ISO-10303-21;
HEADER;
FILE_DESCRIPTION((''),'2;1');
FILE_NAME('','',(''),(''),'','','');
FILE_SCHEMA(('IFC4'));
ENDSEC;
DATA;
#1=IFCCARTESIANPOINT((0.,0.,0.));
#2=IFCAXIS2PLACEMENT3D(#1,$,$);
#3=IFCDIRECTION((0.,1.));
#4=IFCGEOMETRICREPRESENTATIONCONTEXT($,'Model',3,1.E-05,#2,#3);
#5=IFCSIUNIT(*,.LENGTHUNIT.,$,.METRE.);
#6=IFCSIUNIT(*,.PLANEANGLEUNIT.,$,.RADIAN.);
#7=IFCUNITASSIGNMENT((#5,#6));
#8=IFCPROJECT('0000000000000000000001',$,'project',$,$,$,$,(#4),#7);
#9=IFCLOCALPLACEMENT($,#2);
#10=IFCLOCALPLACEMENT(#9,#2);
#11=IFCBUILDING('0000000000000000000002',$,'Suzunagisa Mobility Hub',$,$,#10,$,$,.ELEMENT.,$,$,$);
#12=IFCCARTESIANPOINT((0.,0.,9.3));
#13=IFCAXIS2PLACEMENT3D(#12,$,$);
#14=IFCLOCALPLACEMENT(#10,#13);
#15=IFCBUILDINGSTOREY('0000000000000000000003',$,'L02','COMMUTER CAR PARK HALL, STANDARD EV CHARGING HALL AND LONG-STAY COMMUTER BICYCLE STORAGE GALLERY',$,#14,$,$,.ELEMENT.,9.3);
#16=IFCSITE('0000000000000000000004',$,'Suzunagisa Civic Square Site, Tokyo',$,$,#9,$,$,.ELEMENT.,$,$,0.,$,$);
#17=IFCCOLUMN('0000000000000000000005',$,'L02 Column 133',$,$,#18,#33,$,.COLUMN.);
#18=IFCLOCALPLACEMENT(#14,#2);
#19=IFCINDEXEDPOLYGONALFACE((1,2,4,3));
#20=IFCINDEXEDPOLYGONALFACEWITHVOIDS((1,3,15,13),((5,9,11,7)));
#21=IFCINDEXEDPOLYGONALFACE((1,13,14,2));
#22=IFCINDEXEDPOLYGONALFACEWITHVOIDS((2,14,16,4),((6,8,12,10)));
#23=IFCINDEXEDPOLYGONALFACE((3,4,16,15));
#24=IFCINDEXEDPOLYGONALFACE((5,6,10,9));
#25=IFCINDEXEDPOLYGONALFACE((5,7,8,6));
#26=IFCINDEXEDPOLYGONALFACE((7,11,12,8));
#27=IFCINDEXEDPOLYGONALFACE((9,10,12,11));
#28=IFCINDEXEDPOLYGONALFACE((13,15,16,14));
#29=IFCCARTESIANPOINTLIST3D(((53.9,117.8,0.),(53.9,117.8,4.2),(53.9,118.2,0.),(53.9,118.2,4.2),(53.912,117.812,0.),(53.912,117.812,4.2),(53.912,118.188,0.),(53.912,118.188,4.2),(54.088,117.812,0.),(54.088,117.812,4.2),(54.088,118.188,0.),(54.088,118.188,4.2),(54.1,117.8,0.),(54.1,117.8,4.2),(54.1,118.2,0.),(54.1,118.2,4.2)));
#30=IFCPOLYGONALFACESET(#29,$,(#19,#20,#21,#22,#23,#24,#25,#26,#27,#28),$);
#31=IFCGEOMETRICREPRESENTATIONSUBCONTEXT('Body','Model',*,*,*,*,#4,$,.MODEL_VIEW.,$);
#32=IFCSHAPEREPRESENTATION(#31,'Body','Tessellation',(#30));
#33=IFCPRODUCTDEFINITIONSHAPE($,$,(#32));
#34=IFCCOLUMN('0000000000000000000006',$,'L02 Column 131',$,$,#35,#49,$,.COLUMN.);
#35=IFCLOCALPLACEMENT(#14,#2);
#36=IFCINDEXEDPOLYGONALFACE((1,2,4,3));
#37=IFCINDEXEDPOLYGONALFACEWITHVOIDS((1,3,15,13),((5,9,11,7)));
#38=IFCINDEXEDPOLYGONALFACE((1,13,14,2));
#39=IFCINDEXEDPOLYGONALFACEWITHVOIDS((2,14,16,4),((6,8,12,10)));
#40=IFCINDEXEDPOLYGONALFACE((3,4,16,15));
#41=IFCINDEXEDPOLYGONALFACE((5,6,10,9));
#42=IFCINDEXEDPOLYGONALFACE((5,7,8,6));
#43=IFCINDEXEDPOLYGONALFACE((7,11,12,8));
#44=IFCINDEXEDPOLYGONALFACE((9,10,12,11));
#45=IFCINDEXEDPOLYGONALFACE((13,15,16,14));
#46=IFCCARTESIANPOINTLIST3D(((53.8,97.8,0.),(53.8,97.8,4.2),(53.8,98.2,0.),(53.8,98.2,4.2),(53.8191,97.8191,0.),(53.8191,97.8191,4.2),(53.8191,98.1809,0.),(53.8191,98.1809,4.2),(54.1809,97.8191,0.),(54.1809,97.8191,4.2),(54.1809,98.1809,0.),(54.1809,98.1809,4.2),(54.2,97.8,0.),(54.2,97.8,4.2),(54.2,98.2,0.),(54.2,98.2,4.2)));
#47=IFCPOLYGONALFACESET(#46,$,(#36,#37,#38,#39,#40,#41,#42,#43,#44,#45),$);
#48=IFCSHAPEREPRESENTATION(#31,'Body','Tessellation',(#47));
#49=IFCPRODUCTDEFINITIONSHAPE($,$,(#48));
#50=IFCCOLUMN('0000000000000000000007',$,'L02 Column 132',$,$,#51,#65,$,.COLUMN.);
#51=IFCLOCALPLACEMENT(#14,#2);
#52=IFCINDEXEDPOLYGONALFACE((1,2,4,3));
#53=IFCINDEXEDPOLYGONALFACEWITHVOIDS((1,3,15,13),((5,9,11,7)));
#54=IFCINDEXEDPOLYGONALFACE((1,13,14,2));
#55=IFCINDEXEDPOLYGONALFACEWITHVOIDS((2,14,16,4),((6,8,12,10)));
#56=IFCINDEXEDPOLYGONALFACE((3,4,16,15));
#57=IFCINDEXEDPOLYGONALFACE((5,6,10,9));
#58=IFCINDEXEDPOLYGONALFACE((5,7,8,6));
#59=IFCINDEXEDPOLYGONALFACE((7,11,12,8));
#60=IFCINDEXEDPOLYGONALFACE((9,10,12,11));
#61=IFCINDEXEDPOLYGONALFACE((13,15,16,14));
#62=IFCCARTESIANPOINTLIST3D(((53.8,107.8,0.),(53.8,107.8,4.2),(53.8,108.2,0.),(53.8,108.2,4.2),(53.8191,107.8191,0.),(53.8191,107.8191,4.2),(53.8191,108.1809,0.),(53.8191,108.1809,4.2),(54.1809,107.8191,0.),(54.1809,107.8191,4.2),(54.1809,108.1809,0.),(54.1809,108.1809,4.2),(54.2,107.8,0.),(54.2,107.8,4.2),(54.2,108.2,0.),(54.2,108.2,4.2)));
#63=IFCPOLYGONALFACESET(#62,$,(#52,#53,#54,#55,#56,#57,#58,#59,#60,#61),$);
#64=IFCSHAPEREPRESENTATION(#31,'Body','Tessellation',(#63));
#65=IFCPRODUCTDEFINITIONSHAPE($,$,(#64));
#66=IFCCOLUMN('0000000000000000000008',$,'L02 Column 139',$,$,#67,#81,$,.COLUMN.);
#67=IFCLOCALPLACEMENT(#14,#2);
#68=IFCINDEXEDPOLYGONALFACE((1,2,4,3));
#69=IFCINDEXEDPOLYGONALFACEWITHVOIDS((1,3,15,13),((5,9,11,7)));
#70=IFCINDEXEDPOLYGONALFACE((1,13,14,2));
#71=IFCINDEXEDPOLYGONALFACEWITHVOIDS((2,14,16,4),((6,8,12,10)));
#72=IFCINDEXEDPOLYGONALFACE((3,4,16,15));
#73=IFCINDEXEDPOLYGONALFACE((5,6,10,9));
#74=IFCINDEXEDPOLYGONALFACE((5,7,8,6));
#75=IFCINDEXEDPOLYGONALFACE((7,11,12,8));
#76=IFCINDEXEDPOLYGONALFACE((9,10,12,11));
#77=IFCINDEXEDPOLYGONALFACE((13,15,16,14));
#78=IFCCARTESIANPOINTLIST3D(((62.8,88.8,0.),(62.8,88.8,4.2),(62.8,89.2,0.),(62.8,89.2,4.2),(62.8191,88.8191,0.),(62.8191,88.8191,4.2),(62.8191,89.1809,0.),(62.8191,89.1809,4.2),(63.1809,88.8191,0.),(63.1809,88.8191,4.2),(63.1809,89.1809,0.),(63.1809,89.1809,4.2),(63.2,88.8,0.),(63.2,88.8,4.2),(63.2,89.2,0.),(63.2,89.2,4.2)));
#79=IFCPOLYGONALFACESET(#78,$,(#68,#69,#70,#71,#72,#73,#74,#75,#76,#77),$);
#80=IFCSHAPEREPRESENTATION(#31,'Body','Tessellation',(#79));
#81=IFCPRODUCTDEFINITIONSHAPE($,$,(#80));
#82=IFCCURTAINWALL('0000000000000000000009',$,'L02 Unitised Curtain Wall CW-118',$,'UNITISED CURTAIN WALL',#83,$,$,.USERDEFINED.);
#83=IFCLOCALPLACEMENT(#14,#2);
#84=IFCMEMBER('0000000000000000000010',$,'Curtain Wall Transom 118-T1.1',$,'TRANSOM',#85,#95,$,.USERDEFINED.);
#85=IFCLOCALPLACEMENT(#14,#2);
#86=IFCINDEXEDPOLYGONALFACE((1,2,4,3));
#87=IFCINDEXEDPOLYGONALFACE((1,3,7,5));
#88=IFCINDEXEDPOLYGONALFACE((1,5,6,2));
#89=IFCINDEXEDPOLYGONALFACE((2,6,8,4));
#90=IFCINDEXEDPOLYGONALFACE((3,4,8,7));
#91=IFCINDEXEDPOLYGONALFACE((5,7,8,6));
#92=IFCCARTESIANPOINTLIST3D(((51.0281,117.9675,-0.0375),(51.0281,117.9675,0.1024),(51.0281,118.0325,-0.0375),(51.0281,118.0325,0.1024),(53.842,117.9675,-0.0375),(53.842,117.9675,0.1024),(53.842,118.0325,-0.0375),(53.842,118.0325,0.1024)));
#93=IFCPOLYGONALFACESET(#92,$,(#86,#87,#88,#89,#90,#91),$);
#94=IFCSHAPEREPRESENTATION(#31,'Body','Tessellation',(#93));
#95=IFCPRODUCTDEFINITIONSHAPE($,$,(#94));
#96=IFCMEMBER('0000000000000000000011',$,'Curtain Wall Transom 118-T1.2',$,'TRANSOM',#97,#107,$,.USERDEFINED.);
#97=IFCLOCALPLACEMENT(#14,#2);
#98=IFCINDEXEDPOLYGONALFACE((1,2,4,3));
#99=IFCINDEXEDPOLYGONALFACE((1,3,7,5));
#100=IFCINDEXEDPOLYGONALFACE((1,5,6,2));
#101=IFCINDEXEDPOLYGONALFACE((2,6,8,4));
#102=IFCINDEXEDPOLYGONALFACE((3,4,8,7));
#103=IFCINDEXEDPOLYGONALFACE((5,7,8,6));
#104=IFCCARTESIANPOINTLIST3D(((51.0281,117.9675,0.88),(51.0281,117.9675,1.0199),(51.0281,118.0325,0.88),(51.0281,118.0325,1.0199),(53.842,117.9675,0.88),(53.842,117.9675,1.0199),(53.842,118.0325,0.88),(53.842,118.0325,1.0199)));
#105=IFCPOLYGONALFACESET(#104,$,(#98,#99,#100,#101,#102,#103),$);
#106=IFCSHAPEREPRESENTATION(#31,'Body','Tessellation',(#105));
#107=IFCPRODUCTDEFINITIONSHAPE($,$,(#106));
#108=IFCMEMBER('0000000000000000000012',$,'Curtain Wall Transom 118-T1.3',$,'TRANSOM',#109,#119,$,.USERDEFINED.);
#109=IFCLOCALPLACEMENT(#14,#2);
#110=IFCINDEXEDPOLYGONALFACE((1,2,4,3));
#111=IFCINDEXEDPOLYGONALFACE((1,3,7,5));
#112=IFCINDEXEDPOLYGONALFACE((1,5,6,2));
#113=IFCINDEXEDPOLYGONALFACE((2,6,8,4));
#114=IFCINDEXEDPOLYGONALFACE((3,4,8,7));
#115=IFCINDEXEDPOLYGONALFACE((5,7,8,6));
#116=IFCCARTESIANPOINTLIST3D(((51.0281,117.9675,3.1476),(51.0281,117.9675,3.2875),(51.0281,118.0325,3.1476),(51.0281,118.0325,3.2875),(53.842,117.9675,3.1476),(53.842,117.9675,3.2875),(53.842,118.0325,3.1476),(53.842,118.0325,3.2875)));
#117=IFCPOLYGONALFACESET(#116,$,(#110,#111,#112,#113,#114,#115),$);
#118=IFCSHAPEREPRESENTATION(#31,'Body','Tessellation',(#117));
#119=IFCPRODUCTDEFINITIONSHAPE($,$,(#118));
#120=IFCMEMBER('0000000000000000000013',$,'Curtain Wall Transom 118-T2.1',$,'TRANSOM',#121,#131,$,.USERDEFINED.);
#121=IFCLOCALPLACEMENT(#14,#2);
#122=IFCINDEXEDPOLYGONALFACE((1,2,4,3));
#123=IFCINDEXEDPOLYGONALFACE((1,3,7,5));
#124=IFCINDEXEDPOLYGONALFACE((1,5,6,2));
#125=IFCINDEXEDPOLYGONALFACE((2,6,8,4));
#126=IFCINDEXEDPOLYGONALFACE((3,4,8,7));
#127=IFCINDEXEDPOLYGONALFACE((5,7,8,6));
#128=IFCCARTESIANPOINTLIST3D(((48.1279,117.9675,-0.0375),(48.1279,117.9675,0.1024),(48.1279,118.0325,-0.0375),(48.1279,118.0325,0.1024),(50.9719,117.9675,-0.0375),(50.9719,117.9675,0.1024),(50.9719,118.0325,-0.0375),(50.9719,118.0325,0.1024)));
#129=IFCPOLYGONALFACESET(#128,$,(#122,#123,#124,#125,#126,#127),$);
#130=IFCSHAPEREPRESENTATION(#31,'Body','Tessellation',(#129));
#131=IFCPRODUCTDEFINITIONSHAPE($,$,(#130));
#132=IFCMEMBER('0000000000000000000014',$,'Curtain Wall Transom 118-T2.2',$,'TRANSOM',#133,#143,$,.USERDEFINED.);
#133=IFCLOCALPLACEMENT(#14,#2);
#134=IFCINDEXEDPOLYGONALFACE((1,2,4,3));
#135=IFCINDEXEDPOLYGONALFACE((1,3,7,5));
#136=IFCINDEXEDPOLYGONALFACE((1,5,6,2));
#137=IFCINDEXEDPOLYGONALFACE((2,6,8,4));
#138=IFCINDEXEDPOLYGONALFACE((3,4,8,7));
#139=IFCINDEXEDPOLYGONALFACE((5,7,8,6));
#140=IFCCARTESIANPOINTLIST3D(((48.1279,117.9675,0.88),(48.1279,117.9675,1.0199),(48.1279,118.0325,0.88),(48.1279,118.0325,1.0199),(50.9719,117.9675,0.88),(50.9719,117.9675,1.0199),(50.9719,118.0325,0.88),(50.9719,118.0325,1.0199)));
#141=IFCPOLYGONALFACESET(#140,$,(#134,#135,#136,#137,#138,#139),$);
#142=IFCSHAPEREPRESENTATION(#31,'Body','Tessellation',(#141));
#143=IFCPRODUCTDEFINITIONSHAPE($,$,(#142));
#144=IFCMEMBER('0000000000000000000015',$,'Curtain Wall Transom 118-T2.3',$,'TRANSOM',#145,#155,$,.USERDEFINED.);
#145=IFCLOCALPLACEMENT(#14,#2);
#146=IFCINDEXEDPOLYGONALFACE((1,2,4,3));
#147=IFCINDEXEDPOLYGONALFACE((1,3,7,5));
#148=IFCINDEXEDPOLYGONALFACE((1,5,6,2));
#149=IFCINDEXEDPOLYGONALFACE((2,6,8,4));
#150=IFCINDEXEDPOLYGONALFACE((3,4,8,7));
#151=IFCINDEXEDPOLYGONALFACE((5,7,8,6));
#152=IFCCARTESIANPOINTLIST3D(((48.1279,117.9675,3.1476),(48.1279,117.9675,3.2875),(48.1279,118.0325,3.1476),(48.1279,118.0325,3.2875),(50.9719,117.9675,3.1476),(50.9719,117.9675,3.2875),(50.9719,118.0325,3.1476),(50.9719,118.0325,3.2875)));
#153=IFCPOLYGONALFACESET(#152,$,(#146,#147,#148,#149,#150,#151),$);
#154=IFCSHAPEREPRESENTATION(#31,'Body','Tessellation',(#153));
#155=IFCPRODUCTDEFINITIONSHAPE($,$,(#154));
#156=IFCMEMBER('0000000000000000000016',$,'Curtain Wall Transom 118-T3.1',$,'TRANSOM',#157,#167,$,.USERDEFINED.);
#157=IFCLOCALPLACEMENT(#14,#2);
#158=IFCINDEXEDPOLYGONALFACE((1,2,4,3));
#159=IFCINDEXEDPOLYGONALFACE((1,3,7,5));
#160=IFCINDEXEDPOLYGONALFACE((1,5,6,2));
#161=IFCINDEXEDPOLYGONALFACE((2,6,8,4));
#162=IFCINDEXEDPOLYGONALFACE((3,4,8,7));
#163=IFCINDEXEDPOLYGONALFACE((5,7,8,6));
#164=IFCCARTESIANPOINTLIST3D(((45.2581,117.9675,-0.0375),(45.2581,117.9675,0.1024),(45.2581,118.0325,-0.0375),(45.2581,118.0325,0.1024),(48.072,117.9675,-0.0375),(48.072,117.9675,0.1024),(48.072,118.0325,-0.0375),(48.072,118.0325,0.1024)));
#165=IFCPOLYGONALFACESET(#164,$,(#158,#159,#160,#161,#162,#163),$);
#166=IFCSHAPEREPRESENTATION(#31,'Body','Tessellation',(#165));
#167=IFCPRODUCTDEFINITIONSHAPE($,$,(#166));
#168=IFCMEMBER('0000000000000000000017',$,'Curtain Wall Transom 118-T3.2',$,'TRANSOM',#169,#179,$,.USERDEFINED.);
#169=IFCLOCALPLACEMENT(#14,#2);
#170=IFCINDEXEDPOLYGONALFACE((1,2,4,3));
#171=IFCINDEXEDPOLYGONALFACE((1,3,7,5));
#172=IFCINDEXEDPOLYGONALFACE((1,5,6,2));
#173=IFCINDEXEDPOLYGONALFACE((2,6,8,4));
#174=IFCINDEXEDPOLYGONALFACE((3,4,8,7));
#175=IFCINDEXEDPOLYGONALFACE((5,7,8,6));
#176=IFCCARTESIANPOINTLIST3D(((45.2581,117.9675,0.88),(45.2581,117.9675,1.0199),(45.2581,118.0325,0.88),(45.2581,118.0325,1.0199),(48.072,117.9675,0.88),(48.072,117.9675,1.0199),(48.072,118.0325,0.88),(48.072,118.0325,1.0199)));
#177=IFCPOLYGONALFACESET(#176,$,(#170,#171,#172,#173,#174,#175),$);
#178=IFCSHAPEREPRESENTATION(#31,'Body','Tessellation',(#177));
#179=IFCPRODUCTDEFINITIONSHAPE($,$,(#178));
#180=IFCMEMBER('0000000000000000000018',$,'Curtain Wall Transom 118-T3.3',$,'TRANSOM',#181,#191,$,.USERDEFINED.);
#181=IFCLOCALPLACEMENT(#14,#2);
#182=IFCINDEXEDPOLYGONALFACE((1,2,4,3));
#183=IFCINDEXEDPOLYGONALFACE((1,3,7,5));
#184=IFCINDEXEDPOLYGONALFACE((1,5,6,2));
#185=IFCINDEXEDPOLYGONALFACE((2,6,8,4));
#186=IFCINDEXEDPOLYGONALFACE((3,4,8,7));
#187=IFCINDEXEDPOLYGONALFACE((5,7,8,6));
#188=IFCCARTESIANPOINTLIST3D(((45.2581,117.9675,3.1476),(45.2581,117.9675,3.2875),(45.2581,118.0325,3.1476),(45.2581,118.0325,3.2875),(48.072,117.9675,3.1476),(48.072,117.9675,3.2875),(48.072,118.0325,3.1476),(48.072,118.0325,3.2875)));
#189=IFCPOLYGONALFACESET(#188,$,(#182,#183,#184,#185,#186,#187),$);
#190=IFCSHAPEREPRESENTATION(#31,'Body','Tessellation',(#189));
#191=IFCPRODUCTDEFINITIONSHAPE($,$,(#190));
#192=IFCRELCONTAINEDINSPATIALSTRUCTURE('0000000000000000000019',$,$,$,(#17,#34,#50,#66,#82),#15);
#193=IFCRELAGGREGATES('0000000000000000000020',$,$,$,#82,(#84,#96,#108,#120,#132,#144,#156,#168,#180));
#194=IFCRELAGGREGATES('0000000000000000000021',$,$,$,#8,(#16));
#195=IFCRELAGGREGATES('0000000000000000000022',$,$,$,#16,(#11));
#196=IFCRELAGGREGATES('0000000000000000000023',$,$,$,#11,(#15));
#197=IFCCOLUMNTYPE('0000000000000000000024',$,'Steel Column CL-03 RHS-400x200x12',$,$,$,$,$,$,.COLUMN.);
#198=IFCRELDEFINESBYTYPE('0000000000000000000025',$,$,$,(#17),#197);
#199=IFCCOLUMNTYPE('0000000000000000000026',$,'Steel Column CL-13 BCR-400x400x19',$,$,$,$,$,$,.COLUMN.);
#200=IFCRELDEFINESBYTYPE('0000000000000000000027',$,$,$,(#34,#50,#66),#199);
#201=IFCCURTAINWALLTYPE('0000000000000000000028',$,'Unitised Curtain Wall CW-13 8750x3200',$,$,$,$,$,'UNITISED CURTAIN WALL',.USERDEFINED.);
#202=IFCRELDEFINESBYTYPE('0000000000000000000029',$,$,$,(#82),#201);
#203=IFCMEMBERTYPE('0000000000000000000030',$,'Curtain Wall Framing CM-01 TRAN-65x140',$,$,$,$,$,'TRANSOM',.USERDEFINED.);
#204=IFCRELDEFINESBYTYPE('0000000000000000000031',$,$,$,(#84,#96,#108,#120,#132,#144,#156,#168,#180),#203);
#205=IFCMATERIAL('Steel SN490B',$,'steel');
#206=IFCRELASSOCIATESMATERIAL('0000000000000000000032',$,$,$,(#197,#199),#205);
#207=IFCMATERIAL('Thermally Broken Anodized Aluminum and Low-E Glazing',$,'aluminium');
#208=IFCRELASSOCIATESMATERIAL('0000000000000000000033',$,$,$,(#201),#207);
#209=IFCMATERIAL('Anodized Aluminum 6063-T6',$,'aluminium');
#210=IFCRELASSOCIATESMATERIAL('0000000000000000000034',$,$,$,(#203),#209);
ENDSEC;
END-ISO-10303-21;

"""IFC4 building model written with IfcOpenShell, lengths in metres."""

from ifc_helpers import new_model, si_unit, direction, frame, origin, origin_2d, place, context, subcontext, project, spatial, rectangle, hollow_rectangle, extrude, material, material_profile, profile_set, type_object, element, aggregate, save


model = new_model("IFC4")

# Units and contexts
model_context = context("Model", 3, precision=1e-05, world=origin(), true_north=direction((0.0, 1.0)))
body_context = subcontext(model_context, "Body", "Model", "MODEL_VIEW")
ifc_project = project(units=[si_unit("LENGTHUNIT", "METRE"), si_unit("PLANEANGLEUNIT", "RADIAN")], contexts=[model_context])

# Site, building, storey
site_placement = place(None, origin())
site = spatial("IfcSite", under=ifc_project, at=site_placement, Name="Suzunagisa Civic Square Site, Tokyo", CompositionType="ELEMENT", RefElevation=0.0)
building_placement = place(site_placement, origin())
building = spatial("IfcBuilding", under=site, at=building_placement, Name="Suzunagisa Mobility Hub", CompositionType="ELEMENT")
storey_placement = place(building_placement, frame((0.0, 0.0, 9.3)))
storey = spatial("IfcBuildingStorey", under=building, at=storey_placement, Name="L02", Description="COMMUTER CAR PARK HALL, STANDARD EV CHARGING HALL AND LONG-STAY COMMUTER BICYCLE STORAGE GALLERY", CompositionType="ELEMENT", Elevation=9.3)

# Columns
ifc_material_1 = material(Name="Steel SN490B", Category="steel")
ifc_material_profile_1 = material_profile(ifc_material_1, hollow_rectangle(XDim=0.2, YDim=0.3999, WallThickness=0.012, at=origin_2d()), Name="RHS-400x200x12")
ifc_profile_set_1 = profile_set([ifc_material_profile_1], Name="Steel SN490B")
column_type_1 = type_object("IfcColumnType", Name="Steel Column CL-03 RHS-400x200x12", PredefinedType="COLUMN", material=ifc_profile_set_1)
column_placement = place(storey_placement, frame((54.0, 118.0, 0.0), z_axis=(0.0, 0.0, 1.0), x_axis=(1.0, 0.0, 0.0)))
element("IfcColumn", 1, at=column_placement, inside=storey, type_object=column_type_1, Name="L02 Column 133", PredefinedType="COLUMN", context=body_context, shape_type="SweptSolid", body=[
    extrude(hollow_rectangle(XDim=0.2, YDim=0.3999, WallThickness=0.012, at=origin_2d()), origin(), (0.0, 0.0, 1.0), 4.2),
])
ifc_material_profile_2 = material_profile(ifc_material_1, hollow_rectangle(XDim=0.3999, YDim=0.3999, WallThickness=0.019, at=origin_2d()), Name="BCR-400x400x19")
ifc_profile_set_2 = profile_set([ifc_material_profile_2], Name="Steel SN490B")
column_type_2 = type_object("IfcColumnType", Name="Steel Column CL-13 BCR-400x400x19", PredefinedType="COLUMN", material=ifc_profile_set_2)
for number, where, z_axis, x_axis, name in (
    (2, (54.0, 98.0, 0.0), (0.0, 0.0, 1.0), (1.0, 0.0, 0.0), "L02 Column 131"),
    (3, (54.0, 108.0, 0.0), (0.0, 0.0, 1.0), (1.0, 0.0, 0.0), "L02 Column 132"),
    (4, (63.0, 89.0, 0.0), (0.0, 0.0, 1.0), (1.0, 0.0, 0.0), "L02 Column 139"),
):
    element("IfcColumn", number, at=place(storey_placement, frame(where, z_axis=z_axis, x_axis=x_axis)), inside=storey, type_object=column_type_2, Name=name, PredefinedType="COLUMN", context=body_context, shape_type="SweptSolid", body=[
        extrude(hollow_rectangle(XDim=0.3999, YDim=0.3999, WallThickness=0.019, at=origin_2d()), origin(), (0.0, 0.0, 1.0), 4.2),
    ])

# Curtain wall, members
ifc_material_2 = material(Name="Thermally Broken Anodized Aluminum and Low-E Glazing", Category="aluminium")
curtain_wall_type = type_object("IfcCurtainWallType", Name="Unitised Curtain Wall CW-13 8750x3200", ElementType="UNITISED CURTAIN WALL", PredefinedType="USERDEFINED", material=ifc_material_2)
curtain_wall_placement = place(storey_placement, origin())
curtain_wall = element("IfcCurtainWall", 5, at=curtain_wall_placement, inside=storey, type_object=curtain_wall_type, Name="L02 Unitised Curtain Wall CW-118", ObjectType="UNITISED CURTAIN WALL", PredefinedType="USERDEFINED")
ifc_material_3 = material(Name="Anodized Aluminum 6063-T6", Category="aluminium")
ifc_material_profile_3 = material_profile(ifc_material_3, rectangle(XDim=0.0649, YDim=0.1399, at=origin_2d()), Name="TRAN-65x140")
ifc_profile_set_3 = profile_set([ifc_material_profile_3], Name="Anodized Aluminum 6063-T6")
member_type_1 = type_object("IfcMemberType", Name="Curtain Wall Framing CM-01 TRAN-65x140", ElementType="TRANSOM", PredefinedType="USERDEFINED", material=ifc_profile_set_3)
member_1_placement = place(storey_placement, frame((53.842, 118.0, 0.0325), z_axis=(-1.0, 0.0, 0.0), x_axis=(0.0, -1.0, 0.0)))
member_1 = element("IfcMember", 6, at=member_1_placement, type_object=member_type_1, Name="Curtain Wall Transom 118-T1.1", ObjectType="TRANSOM", PredefinedType="USERDEFINED", context=body_context, shape_type="SweptSolid", body=[
    extrude(rectangle(XDim=0.0649, YDim=0.1399, at=origin_2d()), origin(), (0.0, 0.0, 1.0), 2.814),
])
member_2_placement = place(storey_placement, frame((53.842, 118.0, 0.95), z_axis=(-1.0, 0.0, 0.0), x_axis=(0.0, -1.0, 0.0)))
member_2 = element("IfcMember", 7, at=member_2_placement, type_object=member_type_1, Name="Curtain Wall Transom 118-T1.2", ObjectType="TRANSOM", PredefinedType="USERDEFINED", context=body_context, shape_type="SweptSolid", body=[
    extrude(rectangle(XDim=0.0649, YDim=0.1399, at=origin_2d()), origin(), (0.0, 0.0, 1.0), 2.814),
])
member_3_placement = place(storey_placement, frame((53.842, 118.0, 3.2175), z_axis=(-1.0, 0.0, 0.0), x_axis=(0.0, -1.0, 0.0)))
member_3 = element("IfcMember", 8, at=member_3_placement, type_object=member_type_1, Name="Curtain Wall Transom 118-T1.3", ObjectType="TRANSOM", PredefinedType="USERDEFINED", context=body_context, shape_type="SweptSolid", body=[
    extrude(rectangle(XDim=0.0649, YDim=0.1399, at=origin_2d()), origin(), (0.0, 0.0, 1.0), 2.814),
])
member_4_placement = place(storey_placement, frame((50.9719, 118.0, 0.0325), z_axis=(-1.0, 0.0, 0.0), x_axis=(0.0, -1.0, 0.0)))
member_4 = element("IfcMember", 9, at=member_4_placement, type_object=member_type_1, Name="Curtain Wall Transom 118-T2.1", ObjectType="TRANSOM", PredefinedType="USERDEFINED", context=body_context, shape_type="SweptSolid", body=[
    extrude(rectangle(XDim=0.0649, YDim=0.1399, at=origin_2d()), origin(), (0.0, 0.0, 1.0), 2.844),
])
member_5_placement = place(storey_placement, frame((50.9719, 118.0, 0.95), z_axis=(-1.0, 0.0, 0.0), x_axis=(0.0, -1.0, 0.0)))
member_5 = element("IfcMember", 10, at=member_5_placement, type_object=member_type_1, Name="Curtain Wall Transom 118-T2.2", ObjectType="TRANSOM", PredefinedType="USERDEFINED", context=body_context, shape_type="SweptSolid", body=[
    extrude(rectangle(XDim=0.0649, YDim=0.1399, at=origin_2d()), origin(), (0.0, 0.0, 1.0), 2.844),
])
member_6_placement = place(storey_placement, frame((50.9719, 118.0, 3.2175), z_axis=(-1.0, 0.0, 0.0), x_axis=(0.0, -1.0, 0.0)))
member_6 = element("IfcMember", 11, at=member_6_placement, type_object=member_type_1, Name="Curtain Wall Transom 118-T2.3", ObjectType="TRANSOM", PredefinedType="USERDEFINED", context=body_context, shape_type="SweptSolid", body=[
    extrude(rectangle(XDim=0.0649, YDim=0.1399, at=origin_2d()), origin(), (0.0, 0.0, 1.0), 2.844),
])
member_7_placement = place(storey_placement, frame((48.072, 118.0, 0.0325), z_axis=(-1.0, 0.0, 0.0), x_axis=(0.0, -1.0, 0.0)))
member_7 = element("IfcMember", 12, at=member_7_placement, type_object=member_type_1, Name="Curtain Wall Transom 118-T3.1", ObjectType="TRANSOM", PredefinedType="USERDEFINED", context=body_context, shape_type="SweptSolid", body=[
    extrude(rectangle(XDim=0.0649, YDim=0.1399, at=origin_2d()), origin(), (0.0, 0.0, 1.0), 2.814),
])
member_8_placement = place(storey_placement, frame((48.072, 118.0, 0.95), z_axis=(-1.0, 0.0, 0.0), x_axis=(0.0, -1.0, 0.0)))
member_8 = element("IfcMember", 13, at=member_8_placement, type_object=member_type_1, Name="Curtain Wall Transom 118-T3.2", ObjectType="TRANSOM", PredefinedType="USERDEFINED", context=body_context, shape_type="SweptSolid", body=[
    extrude(rectangle(XDim=0.0649, YDim=0.1399, at=origin_2d()), origin(), (0.0, 0.0, 1.0), 2.814),
])
member_9_placement = place(storey_placement, frame((48.072, 118.0, 3.2175), z_axis=(-1.0, 0.0, 0.0), x_axis=(0.0, -1.0, 0.0)))
member_9 = element("IfcMember", 14, at=member_9_placement, type_object=member_type_1, Name="Curtain Wall Transom 118-T3.3", ObjectType="TRANSOM", PredefinedType="USERDEFINED", context=body_context, shape_type="SweptSolid", body=[
    extrude(rectangle(XDim=0.0649, YDim=0.1399, at=origin_2d()), origin(), (0.0, 0.0, 1.0), 2.814),
])

aggregate(curtain_wall, [member_1, member_2, member_3, member_4, member_5, member_6, member_7, member_8, member_9])

save(model, "model.ifc")
